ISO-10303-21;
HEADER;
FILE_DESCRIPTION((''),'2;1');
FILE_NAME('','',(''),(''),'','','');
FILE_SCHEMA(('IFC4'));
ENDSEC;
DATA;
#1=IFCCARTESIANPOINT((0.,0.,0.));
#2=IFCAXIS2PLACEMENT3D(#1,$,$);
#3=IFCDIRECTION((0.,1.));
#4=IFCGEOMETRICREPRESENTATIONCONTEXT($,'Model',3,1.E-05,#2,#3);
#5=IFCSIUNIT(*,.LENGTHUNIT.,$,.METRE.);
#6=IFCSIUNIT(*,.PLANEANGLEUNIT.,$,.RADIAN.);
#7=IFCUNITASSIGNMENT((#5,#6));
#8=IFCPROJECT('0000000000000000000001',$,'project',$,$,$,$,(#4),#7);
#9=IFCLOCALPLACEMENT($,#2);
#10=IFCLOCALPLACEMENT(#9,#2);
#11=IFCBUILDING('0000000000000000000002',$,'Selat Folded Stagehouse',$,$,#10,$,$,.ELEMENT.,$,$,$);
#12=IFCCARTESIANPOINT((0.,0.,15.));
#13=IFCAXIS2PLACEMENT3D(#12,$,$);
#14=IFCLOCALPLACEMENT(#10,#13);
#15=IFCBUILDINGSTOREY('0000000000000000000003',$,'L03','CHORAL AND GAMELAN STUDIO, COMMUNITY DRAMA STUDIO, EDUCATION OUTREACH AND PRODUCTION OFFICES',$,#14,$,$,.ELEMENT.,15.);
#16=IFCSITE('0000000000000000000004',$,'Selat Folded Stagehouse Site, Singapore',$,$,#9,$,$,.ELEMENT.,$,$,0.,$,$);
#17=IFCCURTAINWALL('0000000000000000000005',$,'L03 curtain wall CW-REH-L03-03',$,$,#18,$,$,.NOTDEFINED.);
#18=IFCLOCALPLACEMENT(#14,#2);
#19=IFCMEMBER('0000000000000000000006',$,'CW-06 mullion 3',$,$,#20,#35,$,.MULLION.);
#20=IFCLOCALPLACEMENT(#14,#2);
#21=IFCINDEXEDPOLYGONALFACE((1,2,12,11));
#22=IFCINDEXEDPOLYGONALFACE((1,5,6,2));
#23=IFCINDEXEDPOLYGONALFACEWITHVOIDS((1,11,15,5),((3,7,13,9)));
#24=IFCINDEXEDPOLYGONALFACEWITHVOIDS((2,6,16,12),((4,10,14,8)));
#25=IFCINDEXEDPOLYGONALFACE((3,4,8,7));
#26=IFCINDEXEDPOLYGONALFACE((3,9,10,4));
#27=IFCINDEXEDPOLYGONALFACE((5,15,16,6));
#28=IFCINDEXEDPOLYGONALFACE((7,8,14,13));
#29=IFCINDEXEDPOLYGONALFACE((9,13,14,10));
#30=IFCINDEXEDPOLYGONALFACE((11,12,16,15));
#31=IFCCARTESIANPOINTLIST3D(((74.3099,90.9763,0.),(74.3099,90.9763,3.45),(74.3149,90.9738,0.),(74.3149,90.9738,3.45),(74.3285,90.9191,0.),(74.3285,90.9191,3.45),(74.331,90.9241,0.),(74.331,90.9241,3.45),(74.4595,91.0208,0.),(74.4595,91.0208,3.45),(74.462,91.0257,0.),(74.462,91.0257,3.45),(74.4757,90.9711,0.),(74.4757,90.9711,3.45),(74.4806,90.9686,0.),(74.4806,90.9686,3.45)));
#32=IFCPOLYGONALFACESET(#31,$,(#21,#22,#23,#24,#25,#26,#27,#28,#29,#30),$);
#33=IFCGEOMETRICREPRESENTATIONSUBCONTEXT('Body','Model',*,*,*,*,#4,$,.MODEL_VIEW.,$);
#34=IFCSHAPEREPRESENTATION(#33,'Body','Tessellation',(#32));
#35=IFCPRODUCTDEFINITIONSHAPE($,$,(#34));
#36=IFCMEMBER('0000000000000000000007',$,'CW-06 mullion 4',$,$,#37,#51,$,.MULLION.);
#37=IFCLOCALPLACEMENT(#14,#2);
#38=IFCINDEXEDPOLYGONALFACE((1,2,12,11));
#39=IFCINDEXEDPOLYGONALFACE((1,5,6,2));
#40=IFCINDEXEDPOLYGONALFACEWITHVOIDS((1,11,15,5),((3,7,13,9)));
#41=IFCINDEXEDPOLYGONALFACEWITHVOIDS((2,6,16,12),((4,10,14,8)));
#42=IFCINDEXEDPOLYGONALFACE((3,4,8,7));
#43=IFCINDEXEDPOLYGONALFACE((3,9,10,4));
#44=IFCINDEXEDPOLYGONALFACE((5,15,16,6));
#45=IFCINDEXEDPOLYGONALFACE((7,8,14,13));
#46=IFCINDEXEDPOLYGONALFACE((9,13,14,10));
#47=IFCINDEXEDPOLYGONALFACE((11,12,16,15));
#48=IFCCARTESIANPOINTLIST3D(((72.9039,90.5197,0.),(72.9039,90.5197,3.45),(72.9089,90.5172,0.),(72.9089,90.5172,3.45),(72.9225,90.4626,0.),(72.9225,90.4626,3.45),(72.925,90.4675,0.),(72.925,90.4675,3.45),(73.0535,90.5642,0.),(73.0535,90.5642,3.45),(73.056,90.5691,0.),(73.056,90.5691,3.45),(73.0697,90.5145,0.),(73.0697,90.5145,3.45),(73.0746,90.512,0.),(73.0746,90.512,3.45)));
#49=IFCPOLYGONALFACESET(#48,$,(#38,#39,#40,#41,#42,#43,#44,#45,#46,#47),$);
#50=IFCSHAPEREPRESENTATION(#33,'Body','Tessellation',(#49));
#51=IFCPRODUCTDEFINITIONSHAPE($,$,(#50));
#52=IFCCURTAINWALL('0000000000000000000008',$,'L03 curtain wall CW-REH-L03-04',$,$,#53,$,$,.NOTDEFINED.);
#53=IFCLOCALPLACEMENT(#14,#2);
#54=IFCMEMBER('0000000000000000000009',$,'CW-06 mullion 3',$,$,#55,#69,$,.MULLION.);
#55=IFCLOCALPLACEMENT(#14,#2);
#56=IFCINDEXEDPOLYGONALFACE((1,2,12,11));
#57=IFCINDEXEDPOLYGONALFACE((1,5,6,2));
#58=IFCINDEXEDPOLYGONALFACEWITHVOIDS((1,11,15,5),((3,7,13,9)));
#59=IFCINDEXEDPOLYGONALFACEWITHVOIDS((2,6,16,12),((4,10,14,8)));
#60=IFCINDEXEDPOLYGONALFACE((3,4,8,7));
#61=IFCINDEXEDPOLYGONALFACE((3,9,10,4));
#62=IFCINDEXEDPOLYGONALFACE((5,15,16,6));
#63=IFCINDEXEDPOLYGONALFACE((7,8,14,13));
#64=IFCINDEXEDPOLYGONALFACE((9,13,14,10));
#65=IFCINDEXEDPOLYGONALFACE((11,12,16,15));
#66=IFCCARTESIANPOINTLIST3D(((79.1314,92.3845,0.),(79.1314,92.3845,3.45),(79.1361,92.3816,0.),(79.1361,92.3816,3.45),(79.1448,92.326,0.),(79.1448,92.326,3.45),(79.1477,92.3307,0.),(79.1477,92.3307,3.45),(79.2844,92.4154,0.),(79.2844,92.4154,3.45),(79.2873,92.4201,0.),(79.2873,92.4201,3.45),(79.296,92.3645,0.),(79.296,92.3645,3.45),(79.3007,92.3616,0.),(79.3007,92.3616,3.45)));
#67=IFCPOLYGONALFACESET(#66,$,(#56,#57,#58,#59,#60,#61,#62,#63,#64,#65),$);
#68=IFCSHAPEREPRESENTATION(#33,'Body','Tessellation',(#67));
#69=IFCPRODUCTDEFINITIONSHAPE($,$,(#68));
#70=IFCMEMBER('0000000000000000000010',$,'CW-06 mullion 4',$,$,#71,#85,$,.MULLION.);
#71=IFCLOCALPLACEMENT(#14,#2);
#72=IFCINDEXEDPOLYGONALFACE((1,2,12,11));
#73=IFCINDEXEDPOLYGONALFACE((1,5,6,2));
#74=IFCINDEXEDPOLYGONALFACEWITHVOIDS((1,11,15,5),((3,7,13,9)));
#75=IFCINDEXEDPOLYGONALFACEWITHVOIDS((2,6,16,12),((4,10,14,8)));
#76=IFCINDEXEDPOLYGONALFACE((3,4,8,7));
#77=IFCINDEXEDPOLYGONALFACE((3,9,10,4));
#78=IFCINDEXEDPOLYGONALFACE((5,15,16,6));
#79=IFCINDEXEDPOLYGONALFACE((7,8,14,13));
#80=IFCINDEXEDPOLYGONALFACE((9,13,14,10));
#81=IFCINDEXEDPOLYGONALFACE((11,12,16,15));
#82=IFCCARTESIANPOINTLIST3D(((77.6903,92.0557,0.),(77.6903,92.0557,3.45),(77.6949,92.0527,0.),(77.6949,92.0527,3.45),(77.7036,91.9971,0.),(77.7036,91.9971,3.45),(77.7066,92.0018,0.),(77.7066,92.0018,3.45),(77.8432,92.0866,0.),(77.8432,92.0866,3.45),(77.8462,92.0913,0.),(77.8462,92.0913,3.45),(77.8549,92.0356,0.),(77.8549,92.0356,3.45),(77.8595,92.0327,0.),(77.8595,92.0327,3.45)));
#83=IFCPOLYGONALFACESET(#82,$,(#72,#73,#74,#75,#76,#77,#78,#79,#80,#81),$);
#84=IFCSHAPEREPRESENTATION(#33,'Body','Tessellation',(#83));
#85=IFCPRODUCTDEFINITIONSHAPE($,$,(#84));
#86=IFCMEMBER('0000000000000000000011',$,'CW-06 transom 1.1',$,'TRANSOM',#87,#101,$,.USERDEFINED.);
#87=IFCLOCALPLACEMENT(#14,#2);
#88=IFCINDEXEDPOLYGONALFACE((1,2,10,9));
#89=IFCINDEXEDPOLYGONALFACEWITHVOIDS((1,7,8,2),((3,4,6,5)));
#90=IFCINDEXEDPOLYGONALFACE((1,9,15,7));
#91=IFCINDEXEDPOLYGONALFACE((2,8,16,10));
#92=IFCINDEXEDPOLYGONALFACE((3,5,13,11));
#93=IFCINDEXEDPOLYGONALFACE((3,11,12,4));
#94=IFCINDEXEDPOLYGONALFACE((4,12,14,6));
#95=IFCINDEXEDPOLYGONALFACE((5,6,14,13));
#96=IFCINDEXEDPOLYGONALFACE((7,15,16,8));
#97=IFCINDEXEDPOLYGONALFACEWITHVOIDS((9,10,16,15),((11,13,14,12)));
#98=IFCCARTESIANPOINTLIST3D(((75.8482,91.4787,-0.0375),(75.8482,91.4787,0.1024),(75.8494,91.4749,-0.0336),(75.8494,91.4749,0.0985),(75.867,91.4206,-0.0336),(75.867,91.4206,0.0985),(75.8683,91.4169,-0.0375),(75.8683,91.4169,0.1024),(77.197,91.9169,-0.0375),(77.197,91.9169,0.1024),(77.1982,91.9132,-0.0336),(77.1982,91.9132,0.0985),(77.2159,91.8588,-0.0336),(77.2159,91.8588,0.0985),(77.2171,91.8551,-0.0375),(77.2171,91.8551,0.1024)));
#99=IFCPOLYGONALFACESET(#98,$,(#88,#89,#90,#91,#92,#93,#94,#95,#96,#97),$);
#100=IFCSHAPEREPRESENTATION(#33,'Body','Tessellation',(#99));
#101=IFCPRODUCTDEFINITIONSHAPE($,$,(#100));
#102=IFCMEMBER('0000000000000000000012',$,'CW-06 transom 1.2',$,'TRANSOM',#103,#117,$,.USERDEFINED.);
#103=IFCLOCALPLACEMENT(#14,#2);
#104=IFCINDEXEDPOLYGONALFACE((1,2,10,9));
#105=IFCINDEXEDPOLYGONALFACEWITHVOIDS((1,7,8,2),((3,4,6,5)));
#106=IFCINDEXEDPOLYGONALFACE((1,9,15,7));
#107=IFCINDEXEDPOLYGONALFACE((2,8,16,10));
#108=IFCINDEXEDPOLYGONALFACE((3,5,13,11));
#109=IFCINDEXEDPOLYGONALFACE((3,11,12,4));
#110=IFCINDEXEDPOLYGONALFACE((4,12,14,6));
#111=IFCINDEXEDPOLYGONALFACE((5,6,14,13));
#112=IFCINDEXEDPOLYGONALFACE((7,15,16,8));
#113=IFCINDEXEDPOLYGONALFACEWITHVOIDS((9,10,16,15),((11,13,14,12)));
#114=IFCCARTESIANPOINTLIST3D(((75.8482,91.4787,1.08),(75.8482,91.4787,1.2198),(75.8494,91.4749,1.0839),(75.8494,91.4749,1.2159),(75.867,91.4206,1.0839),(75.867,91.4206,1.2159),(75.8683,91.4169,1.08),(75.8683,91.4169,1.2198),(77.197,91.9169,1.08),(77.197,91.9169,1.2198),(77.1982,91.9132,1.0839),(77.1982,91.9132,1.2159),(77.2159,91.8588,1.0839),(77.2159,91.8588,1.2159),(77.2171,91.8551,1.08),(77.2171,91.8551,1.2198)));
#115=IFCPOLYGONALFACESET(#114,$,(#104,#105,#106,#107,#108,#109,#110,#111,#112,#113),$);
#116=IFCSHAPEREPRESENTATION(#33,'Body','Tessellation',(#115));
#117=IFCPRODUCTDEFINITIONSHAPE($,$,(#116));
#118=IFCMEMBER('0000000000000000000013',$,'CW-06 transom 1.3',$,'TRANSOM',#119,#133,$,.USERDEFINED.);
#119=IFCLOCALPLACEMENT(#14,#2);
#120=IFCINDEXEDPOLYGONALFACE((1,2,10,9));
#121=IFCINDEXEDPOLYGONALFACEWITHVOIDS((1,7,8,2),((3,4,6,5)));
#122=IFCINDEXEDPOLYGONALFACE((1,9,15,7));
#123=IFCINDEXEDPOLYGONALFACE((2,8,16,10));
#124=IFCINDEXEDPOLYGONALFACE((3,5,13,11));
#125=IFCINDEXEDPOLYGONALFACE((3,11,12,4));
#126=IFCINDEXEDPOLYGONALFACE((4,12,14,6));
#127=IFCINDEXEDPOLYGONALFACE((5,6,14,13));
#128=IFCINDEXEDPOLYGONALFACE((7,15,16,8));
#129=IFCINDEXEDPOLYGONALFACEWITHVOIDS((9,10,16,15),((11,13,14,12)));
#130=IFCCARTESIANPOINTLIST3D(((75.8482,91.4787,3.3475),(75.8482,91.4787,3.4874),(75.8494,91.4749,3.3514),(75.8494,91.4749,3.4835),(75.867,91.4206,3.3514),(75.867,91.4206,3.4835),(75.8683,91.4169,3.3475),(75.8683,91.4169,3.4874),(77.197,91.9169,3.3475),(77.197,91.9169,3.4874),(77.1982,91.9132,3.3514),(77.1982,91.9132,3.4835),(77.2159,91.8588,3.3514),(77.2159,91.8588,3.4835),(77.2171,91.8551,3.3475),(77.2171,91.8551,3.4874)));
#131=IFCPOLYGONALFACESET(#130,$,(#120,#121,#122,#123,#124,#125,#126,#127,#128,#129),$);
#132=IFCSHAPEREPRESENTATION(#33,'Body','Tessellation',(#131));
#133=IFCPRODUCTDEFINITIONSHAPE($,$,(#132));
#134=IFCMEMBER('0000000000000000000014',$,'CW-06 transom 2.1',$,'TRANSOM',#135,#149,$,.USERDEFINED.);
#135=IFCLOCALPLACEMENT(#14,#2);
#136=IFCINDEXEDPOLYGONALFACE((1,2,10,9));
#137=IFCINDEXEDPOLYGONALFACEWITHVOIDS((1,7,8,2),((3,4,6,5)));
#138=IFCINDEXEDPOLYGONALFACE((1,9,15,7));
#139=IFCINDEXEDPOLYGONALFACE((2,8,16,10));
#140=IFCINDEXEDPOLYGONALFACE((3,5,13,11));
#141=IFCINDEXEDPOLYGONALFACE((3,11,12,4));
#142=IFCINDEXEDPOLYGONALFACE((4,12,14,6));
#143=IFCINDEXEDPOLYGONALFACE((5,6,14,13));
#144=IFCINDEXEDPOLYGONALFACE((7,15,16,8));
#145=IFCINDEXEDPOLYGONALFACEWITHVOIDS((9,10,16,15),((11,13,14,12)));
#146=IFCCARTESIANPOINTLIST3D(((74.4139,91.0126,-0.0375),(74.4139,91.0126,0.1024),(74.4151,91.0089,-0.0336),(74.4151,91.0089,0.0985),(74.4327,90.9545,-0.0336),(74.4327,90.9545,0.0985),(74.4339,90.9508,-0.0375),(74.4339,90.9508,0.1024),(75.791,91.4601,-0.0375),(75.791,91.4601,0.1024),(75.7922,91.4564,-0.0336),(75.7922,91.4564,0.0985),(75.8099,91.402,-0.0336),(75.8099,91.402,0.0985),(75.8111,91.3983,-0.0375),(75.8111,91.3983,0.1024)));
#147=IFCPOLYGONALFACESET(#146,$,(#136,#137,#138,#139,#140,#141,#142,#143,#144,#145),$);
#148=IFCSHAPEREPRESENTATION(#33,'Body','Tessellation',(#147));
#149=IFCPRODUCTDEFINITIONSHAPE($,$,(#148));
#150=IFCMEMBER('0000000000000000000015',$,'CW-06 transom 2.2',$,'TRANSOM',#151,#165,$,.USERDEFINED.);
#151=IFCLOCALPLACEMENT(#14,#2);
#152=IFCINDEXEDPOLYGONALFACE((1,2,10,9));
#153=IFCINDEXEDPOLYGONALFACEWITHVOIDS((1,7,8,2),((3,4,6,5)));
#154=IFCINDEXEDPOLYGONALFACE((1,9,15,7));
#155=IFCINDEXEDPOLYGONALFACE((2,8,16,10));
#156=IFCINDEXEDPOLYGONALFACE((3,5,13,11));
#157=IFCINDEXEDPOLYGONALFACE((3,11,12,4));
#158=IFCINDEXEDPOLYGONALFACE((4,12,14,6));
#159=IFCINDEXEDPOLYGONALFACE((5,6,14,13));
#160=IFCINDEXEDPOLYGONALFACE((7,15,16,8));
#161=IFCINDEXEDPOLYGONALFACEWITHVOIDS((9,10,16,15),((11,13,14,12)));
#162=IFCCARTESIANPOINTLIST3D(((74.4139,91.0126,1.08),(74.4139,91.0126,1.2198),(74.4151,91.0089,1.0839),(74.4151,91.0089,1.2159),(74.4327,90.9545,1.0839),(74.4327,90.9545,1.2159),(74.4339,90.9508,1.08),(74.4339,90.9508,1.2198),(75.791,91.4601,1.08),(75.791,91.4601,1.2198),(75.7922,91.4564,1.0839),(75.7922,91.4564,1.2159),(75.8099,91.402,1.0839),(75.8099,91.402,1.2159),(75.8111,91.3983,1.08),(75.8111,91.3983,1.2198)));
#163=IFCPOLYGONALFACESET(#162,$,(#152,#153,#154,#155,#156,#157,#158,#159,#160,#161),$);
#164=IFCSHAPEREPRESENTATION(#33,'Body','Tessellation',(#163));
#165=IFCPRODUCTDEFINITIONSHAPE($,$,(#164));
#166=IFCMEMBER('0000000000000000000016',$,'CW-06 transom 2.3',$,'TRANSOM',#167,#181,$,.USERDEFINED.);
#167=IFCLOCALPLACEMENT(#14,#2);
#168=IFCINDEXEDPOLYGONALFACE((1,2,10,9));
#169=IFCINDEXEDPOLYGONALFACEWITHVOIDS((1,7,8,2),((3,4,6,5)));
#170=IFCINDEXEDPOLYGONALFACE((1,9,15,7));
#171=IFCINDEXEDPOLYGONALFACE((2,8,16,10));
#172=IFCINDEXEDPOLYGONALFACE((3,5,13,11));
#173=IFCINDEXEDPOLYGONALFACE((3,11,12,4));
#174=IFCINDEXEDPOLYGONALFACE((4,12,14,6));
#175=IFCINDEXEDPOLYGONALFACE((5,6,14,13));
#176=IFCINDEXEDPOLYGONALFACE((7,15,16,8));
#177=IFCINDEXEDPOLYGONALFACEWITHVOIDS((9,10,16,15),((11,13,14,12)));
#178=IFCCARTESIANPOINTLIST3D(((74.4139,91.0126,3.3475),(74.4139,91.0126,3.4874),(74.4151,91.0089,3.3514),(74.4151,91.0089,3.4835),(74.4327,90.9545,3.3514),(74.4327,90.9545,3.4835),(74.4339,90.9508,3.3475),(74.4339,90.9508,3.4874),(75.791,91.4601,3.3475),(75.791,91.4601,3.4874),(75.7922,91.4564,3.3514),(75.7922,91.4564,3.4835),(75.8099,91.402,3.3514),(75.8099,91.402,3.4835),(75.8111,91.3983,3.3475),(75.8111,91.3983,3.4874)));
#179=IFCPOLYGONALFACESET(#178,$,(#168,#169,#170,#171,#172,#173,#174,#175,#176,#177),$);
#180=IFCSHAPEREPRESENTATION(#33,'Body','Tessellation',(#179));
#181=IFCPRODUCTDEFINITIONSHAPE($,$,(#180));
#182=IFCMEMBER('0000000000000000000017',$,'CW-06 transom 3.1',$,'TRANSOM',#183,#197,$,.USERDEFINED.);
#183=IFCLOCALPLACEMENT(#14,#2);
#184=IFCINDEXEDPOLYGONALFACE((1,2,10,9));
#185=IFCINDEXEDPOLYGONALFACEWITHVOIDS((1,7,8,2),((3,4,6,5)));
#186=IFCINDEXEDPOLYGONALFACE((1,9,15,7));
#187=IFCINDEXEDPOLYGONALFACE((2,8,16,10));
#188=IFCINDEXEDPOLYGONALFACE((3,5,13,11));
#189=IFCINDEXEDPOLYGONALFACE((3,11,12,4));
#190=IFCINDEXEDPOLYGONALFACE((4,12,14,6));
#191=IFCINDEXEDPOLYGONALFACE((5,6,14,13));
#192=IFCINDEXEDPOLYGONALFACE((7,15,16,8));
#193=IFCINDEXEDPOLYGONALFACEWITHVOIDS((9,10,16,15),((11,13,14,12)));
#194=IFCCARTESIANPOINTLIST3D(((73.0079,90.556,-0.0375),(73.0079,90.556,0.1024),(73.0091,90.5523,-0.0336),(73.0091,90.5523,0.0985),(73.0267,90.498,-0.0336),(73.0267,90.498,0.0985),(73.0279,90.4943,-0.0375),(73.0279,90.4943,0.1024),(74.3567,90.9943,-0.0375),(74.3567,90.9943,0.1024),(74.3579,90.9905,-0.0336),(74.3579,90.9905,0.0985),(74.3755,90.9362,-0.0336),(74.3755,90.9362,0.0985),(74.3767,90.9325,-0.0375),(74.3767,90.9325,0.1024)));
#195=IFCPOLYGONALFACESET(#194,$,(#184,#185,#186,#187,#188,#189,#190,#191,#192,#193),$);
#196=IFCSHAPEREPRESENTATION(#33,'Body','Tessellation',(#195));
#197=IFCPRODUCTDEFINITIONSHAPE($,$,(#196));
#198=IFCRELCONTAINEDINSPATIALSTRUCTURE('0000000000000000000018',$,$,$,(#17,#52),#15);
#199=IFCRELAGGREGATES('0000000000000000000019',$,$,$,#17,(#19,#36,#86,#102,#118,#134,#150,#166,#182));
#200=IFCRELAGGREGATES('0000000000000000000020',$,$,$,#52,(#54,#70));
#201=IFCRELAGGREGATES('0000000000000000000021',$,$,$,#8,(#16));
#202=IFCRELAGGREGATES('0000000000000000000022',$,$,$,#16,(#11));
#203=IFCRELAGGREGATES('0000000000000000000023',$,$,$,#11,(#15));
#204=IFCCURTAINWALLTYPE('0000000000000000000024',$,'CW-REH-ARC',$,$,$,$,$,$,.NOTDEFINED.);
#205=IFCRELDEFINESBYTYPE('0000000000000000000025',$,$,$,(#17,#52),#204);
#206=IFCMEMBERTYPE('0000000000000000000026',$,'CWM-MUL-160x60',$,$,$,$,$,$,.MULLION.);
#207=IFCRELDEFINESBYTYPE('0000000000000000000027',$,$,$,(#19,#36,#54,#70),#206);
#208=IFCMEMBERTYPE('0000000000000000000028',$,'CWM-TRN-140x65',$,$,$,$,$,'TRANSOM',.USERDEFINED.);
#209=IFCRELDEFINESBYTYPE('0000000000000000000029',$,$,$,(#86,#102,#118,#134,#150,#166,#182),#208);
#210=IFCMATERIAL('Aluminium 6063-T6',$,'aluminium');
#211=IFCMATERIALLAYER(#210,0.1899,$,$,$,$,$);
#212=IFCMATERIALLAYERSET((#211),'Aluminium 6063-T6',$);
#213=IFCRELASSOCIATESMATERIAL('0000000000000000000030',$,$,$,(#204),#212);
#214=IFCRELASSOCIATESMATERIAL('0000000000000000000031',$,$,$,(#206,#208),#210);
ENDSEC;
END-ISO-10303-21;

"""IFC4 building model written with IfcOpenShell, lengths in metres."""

from ifc_helpers import new_model, si_unit, direction, frame, origin, origin_2d, place, context, subcontext, project, spatial, hollow_rectangle, extrude, material, layer, layer_set, material_profile, profile_set, type_object, element, aggregate, save


model = new_model("IFC4")

# Units and contexts
model_context = context("Model", 3, precision=1e-05, world=origin(), true_north=direction((0.0, 1.0)))
body_context = subcontext(model_context, "Body", "Model", "MODEL_VIEW")
ifc_project = project(units=[si_unit("LENGTHUNIT", "METRE"), si_unit("PLANEANGLEUNIT", "RADIAN")], contexts=[model_context])

# Site, building, storey
site_placement = place(None, origin())
site = spatial("IfcSite", under=ifc_project, at=site_placement, Name="Selat Folded Stagehouse Site, Singapore", CompositionType="ELEMENT", RefElevation=0.0)
building_placement = place(site_placement, origin())
building = spatial("IfcBuilding", under=site, at=building_placement, Name="Selat Folded Stagehouse", CompositionType="ELEMENT")
storey_placement = place(building_placement, frame((0.0, 0.0, 15.0)))
storey = spatial("IfcBuildingStorey", under=building, at=storey_placement, Name="L03", Description="CHORAL AND GAMELAN STUDIO, COMMUNITY DRAMA STUDIO, EDUCATION OUTREACH AND PRODUCTION OFFICES", CompositionType="ELEMENT", Elevation=15.0)

# Curtain walls, members
ifc_material_1 = material(Name="Aluminium 6063-T6", Category="aluminium")
ifc_layer_1 = layer(ifc_material_1, 0.1899)
ifc_layer_set_1 = layer_set([ifc_layer_1], Name="Aluminium 6063-T6")
curtain_wall_type = type_object("IfcCurtainWallType", Name="CW-REH-ARC", PredefinedType="NOTDEFINED", material=ifc_layer_set_1)
curtain_wall_1_placement = place(storey_placement, origin())
curtain_wall_1 = element("IfcCurtainWall", 1, at=curtain_wall_1_placement, inside=storey, type_object=curtain_wall_type, Name="L03 curtain wall CW-REH-L03-03", PredefinedType="NOTDEFINED")
ifc_material_profile_1 = material_profile(ifc_material_1, hollow_rectangle(XDim=0.0601, YDim=0.1599, WallThickness=0.0039, at=origin_2d()), Name="ALU 160x60x4.0")
ifc_profile_set_1 = profile_set([ifc_material_profile_1], Name="Aluminium 6063-T6")
member_type_1 = type_object("IfcMemberType", Name="CWM-MUL-160x60", PredefinedType="MULLION", material=ifc_profile_set_1)
member_1_placement = place(storey_placement, frame((74.3953, 90.9724, 0.0), z_axis=(0.0, 0.0, 1.0), x_axis=(0.308992, -0.951065, 0.0)))
member_1 = element("IfcMember", 2, at=member_1_placement, type_object=member_type_1, Name="CW-06 mullion 3", PredefinedType="MULLION", context=body_context, shape_type="SweptSolid", body=[
    extrude(hollow_rectangle(XDim=0.0601, YDim=0.1599, WallThickness=0.0039, at=origin_2d()), origin(), (0.0, 0.0, 1.0), 3.45),
])
member_2_placement = place(storey_placement, frame((72.9893, 90.5159, 0.0), z_axis=(0.0, 0.0, 1.0), x_axis=(0.308992, -0.951065, 0.0)))
member_2 = element("IfcMember", 3, at=member_2_placement, type_object=member_type_1, Name="CW-06 mullion 4", PredefinedType="MULLION", context=body_context, shape_type="SweptSolid", body=[
    extrude(hollow_rectangle(XDim=0.0601, YDim=0.1599, WallThickness=0.0039, at=origin_2d()), origin(), (0.0, 0.0, 1.0), 3.45),
])
curtain_wall_2_placement = place(storey_placement, origin())
curtain_wall_2 = element("IfcCurtainWall", 4, at=curtain_wall_2_placement, inside=storey, type_object=curtain_wall_type, Name="L03 curtain wall CW-REH-L03-04", PredefinedType="NOTDEFINED")
member_3_placement = place(storey_placement, frame((79.2161, 92.373, 0.0), z_axis=(0.0, 0.0, 1.0), x_axis=(0.222543, -0.974923, 0.0)))
member_3 = element("IfcMember", 5, at=member_3_placement, type_object=member_type_1, Name="CW-06 mullion 3", PredefinedType="MULLION", context=body_context, shape_type="SweptSolid", body=[
    extrude(hollow_rectangle(XDim=0.0601, YDim=0.1599, WallThickness=0.0039, at=origin_2d()), origin(), (0.0, 0.0, 1.0), 3.45),
])
member_4_placement = place(storey_placement, frame((77.7749, 92.0442, 0.0), z_axis=(0.0, 0.0, 1.0), x_axis=(0.222543, -0.974923, 0.0)))
member_4 = element("IfcMember", 6, at=member_4_placement, type_object=member_type_1, Name="CW-06 mullion 4", PredefinedType="MULLION", context=body_context, shape_type="SweptSolid", body=[
    extrude(hollow_rectangle(XDim=0.0601, YDim=0.1599, WallThickness=0.0039, at=origin_2d()), origin(), (0.0, 0.0, 1.0), 3.45),
])

# Members
ifc_material_profile_2 = material_profile(ifc_material_1, hollow_rectangle(XDim=0.0649, YDim=0.1399, WallThickness=0.0039, at=origin_2d()), Name="ALU 140x65x4.0")
ifc_profile_set_2 = profile_set([ifc_material_profile_2], Name="Aluminium 6063-T6")
member_type_2 = type_object("IfcMemberType", Name="CWM-TRN-140x65", ElementType="TRANSOM", PredefinedType="USERDEFINED", material=ifc_profile_set_2)
member_5_placement = place(storey_placement, frame((77.207, 91.886, 0.0325), z_axis=(-0.951066, -0.308989, 0.0), x_axis=(0.308989, -0.951066, 0.0)))
member_5 = element("IfcMember", 7, at=member_5_placement, type_object=member_type_2, Name="CW-06 transom 1.1", ObjectType="TRANSOM", PredefinedType="USERDEFINED", context=body_context, shape_type="SweptSolid", body=[
    extrude(hollow_rectangle(XDim=0.0649, YDim=0.1399, WallThickness=0.0039, at=origin_2d()), origin(), (0.0, 0.0, 1.0), 1.4182),
])
member_6_placement = place(storey_placement, frame((77.207, 91.886, 1.1499), z_axis=(-0.951066, -0.308989, 0.0), x_axis=(0.308989, -0.951066, 0.0)))
member_6 = element("IfcMember", 8, at=member_6_placement, type_object=member_type_2, Name="CW-06 transom 1.2", ObjectType="TRANSOM", PredefinedType="USERDEFINED", context=body_context, shape_type="SweptSolid", body=[
    extrude(hollow_rectangle(XDim=0.0649, YDim=0.1399, WallThickness=0.0039, at=origin_2d()), origin(), (0.0, 0.0, 1.0), 1.4182),
])
member_7_placement = place(storey_placement, frame((77.207, 91.886, 3.4175), z_axis=(-0.951066, -0.308989, 0.0), x_axis=(0.308989, -0.951066, 0.0)))
member_7 = element("IfcMember", 9, at=member_7_placement, type_object=member_type_2, Name="CW-06 transom 1.3", ObjectType="TRANSOM", PredefinedType="USERDEFINED", context=body_context, shape_type="SweptSolid", body=[
    extrude(hollow_rectangle(XDim=0.0649, YDim=0.1399, WallThickness=0.0039, at=origin_2d()), origin(), (0.0, 0.0, 1.0), 1.4182),
])
member_8_placement = place(storey_placement, frame((75.801, 91.4292, 0.0325), z_axis=(-0.95105, -0.309037, 0.0), x_axis=(0.309037, -0.95105, 0.0)))
member_8 = element("IfcMember", 10, at=member_8_placement, type_object=member_type_2, Name="CW-06 transom 2.1", ObjectType="TRANSOM", PredefinedType="USERDEFINED", context=body_context, shape_type="SweptSolid", body=[
    extrude(hollow_rectangle(XDim=0.0649, YDim=0.1399, WallThickness=0.0039, at=origin_2d()), origin(), (0.0, 0.0, 1.0), 1.448),
])
member_9_placement = place(storey_placement, frame((75.801, 91.4292, 1.1499), z_axis=(-0.95105, -0.309037, 0.0), x_axis=(0.309037, -0.95105, 0.0)))
member_9 = element("IfcMember", 11, at=member_9_placement, type_object=member_type_2, Name="CW-06 transom 2.2", ObjectType="TRANSOM", PredefinedType="USERDEFINED", context=body_context, shape_type="SweptSolid", body=[
    extrude(hollow_rectangle(XDim=0.0649, YDim=0.1399, WallThickness=0.0039, at=origin_2d()), origin(), (0.0, 0.0, 1.0), 1.448),
])
member_10_placement = place(storey_placement, frame((75.801, 91.4292, 3.4175), z_axis=(-0.95105, -0.309037, 0.0), x_axis=(0.309037, -0.95105, 0.0)))
member_10 = element("IfcMember", 12, at=member_10_placement, type_object=member_type_2, Name="CW-06 transom 2.3", ObjectType="TRANSOM", PredefinedType="USERDEFINED", context=body_context, shape_type="SweptSolid", body=[
    extrude(hollow_rectangle(XDim=0.0649, YDim=0.1399, WallThickness=0.0039, at=origin_2d()), origin(), (0.0, 0.0, 1.0), 1.448),
])
member_11_placement = place(storey_placement, frame((74.3667, 90.9634, 0.0325), z_axis=(-0.951066, -0.308989, 0.0), x_axis=(0.308989, -0.951066, 0.0)))
member_11 = element("IfcMember", 13, at=member_11_placement, type_object=member_type_2, Name="CW-06 transom 3.1", ObjectType="TRANSOM", PredefinedType="USERDEFINED", context=body_context, shape_type="SweptSolid", body=[
    extrude(hollow_rectangle(XDim=0.0649, YDim=0.1399, WallThickness=0.0039, at=origin_2d()), origin(), (0.0, 0.0, 1.0), 1.4182),
])

aggregate(curtain_wall_1, [member_1, member_2, member_5, member_6, member_7, member_8, member_9, member_10, member_11])
aggregate(curtain_wall_2, [member_3, member_4])

save(model, "model.ifc")
